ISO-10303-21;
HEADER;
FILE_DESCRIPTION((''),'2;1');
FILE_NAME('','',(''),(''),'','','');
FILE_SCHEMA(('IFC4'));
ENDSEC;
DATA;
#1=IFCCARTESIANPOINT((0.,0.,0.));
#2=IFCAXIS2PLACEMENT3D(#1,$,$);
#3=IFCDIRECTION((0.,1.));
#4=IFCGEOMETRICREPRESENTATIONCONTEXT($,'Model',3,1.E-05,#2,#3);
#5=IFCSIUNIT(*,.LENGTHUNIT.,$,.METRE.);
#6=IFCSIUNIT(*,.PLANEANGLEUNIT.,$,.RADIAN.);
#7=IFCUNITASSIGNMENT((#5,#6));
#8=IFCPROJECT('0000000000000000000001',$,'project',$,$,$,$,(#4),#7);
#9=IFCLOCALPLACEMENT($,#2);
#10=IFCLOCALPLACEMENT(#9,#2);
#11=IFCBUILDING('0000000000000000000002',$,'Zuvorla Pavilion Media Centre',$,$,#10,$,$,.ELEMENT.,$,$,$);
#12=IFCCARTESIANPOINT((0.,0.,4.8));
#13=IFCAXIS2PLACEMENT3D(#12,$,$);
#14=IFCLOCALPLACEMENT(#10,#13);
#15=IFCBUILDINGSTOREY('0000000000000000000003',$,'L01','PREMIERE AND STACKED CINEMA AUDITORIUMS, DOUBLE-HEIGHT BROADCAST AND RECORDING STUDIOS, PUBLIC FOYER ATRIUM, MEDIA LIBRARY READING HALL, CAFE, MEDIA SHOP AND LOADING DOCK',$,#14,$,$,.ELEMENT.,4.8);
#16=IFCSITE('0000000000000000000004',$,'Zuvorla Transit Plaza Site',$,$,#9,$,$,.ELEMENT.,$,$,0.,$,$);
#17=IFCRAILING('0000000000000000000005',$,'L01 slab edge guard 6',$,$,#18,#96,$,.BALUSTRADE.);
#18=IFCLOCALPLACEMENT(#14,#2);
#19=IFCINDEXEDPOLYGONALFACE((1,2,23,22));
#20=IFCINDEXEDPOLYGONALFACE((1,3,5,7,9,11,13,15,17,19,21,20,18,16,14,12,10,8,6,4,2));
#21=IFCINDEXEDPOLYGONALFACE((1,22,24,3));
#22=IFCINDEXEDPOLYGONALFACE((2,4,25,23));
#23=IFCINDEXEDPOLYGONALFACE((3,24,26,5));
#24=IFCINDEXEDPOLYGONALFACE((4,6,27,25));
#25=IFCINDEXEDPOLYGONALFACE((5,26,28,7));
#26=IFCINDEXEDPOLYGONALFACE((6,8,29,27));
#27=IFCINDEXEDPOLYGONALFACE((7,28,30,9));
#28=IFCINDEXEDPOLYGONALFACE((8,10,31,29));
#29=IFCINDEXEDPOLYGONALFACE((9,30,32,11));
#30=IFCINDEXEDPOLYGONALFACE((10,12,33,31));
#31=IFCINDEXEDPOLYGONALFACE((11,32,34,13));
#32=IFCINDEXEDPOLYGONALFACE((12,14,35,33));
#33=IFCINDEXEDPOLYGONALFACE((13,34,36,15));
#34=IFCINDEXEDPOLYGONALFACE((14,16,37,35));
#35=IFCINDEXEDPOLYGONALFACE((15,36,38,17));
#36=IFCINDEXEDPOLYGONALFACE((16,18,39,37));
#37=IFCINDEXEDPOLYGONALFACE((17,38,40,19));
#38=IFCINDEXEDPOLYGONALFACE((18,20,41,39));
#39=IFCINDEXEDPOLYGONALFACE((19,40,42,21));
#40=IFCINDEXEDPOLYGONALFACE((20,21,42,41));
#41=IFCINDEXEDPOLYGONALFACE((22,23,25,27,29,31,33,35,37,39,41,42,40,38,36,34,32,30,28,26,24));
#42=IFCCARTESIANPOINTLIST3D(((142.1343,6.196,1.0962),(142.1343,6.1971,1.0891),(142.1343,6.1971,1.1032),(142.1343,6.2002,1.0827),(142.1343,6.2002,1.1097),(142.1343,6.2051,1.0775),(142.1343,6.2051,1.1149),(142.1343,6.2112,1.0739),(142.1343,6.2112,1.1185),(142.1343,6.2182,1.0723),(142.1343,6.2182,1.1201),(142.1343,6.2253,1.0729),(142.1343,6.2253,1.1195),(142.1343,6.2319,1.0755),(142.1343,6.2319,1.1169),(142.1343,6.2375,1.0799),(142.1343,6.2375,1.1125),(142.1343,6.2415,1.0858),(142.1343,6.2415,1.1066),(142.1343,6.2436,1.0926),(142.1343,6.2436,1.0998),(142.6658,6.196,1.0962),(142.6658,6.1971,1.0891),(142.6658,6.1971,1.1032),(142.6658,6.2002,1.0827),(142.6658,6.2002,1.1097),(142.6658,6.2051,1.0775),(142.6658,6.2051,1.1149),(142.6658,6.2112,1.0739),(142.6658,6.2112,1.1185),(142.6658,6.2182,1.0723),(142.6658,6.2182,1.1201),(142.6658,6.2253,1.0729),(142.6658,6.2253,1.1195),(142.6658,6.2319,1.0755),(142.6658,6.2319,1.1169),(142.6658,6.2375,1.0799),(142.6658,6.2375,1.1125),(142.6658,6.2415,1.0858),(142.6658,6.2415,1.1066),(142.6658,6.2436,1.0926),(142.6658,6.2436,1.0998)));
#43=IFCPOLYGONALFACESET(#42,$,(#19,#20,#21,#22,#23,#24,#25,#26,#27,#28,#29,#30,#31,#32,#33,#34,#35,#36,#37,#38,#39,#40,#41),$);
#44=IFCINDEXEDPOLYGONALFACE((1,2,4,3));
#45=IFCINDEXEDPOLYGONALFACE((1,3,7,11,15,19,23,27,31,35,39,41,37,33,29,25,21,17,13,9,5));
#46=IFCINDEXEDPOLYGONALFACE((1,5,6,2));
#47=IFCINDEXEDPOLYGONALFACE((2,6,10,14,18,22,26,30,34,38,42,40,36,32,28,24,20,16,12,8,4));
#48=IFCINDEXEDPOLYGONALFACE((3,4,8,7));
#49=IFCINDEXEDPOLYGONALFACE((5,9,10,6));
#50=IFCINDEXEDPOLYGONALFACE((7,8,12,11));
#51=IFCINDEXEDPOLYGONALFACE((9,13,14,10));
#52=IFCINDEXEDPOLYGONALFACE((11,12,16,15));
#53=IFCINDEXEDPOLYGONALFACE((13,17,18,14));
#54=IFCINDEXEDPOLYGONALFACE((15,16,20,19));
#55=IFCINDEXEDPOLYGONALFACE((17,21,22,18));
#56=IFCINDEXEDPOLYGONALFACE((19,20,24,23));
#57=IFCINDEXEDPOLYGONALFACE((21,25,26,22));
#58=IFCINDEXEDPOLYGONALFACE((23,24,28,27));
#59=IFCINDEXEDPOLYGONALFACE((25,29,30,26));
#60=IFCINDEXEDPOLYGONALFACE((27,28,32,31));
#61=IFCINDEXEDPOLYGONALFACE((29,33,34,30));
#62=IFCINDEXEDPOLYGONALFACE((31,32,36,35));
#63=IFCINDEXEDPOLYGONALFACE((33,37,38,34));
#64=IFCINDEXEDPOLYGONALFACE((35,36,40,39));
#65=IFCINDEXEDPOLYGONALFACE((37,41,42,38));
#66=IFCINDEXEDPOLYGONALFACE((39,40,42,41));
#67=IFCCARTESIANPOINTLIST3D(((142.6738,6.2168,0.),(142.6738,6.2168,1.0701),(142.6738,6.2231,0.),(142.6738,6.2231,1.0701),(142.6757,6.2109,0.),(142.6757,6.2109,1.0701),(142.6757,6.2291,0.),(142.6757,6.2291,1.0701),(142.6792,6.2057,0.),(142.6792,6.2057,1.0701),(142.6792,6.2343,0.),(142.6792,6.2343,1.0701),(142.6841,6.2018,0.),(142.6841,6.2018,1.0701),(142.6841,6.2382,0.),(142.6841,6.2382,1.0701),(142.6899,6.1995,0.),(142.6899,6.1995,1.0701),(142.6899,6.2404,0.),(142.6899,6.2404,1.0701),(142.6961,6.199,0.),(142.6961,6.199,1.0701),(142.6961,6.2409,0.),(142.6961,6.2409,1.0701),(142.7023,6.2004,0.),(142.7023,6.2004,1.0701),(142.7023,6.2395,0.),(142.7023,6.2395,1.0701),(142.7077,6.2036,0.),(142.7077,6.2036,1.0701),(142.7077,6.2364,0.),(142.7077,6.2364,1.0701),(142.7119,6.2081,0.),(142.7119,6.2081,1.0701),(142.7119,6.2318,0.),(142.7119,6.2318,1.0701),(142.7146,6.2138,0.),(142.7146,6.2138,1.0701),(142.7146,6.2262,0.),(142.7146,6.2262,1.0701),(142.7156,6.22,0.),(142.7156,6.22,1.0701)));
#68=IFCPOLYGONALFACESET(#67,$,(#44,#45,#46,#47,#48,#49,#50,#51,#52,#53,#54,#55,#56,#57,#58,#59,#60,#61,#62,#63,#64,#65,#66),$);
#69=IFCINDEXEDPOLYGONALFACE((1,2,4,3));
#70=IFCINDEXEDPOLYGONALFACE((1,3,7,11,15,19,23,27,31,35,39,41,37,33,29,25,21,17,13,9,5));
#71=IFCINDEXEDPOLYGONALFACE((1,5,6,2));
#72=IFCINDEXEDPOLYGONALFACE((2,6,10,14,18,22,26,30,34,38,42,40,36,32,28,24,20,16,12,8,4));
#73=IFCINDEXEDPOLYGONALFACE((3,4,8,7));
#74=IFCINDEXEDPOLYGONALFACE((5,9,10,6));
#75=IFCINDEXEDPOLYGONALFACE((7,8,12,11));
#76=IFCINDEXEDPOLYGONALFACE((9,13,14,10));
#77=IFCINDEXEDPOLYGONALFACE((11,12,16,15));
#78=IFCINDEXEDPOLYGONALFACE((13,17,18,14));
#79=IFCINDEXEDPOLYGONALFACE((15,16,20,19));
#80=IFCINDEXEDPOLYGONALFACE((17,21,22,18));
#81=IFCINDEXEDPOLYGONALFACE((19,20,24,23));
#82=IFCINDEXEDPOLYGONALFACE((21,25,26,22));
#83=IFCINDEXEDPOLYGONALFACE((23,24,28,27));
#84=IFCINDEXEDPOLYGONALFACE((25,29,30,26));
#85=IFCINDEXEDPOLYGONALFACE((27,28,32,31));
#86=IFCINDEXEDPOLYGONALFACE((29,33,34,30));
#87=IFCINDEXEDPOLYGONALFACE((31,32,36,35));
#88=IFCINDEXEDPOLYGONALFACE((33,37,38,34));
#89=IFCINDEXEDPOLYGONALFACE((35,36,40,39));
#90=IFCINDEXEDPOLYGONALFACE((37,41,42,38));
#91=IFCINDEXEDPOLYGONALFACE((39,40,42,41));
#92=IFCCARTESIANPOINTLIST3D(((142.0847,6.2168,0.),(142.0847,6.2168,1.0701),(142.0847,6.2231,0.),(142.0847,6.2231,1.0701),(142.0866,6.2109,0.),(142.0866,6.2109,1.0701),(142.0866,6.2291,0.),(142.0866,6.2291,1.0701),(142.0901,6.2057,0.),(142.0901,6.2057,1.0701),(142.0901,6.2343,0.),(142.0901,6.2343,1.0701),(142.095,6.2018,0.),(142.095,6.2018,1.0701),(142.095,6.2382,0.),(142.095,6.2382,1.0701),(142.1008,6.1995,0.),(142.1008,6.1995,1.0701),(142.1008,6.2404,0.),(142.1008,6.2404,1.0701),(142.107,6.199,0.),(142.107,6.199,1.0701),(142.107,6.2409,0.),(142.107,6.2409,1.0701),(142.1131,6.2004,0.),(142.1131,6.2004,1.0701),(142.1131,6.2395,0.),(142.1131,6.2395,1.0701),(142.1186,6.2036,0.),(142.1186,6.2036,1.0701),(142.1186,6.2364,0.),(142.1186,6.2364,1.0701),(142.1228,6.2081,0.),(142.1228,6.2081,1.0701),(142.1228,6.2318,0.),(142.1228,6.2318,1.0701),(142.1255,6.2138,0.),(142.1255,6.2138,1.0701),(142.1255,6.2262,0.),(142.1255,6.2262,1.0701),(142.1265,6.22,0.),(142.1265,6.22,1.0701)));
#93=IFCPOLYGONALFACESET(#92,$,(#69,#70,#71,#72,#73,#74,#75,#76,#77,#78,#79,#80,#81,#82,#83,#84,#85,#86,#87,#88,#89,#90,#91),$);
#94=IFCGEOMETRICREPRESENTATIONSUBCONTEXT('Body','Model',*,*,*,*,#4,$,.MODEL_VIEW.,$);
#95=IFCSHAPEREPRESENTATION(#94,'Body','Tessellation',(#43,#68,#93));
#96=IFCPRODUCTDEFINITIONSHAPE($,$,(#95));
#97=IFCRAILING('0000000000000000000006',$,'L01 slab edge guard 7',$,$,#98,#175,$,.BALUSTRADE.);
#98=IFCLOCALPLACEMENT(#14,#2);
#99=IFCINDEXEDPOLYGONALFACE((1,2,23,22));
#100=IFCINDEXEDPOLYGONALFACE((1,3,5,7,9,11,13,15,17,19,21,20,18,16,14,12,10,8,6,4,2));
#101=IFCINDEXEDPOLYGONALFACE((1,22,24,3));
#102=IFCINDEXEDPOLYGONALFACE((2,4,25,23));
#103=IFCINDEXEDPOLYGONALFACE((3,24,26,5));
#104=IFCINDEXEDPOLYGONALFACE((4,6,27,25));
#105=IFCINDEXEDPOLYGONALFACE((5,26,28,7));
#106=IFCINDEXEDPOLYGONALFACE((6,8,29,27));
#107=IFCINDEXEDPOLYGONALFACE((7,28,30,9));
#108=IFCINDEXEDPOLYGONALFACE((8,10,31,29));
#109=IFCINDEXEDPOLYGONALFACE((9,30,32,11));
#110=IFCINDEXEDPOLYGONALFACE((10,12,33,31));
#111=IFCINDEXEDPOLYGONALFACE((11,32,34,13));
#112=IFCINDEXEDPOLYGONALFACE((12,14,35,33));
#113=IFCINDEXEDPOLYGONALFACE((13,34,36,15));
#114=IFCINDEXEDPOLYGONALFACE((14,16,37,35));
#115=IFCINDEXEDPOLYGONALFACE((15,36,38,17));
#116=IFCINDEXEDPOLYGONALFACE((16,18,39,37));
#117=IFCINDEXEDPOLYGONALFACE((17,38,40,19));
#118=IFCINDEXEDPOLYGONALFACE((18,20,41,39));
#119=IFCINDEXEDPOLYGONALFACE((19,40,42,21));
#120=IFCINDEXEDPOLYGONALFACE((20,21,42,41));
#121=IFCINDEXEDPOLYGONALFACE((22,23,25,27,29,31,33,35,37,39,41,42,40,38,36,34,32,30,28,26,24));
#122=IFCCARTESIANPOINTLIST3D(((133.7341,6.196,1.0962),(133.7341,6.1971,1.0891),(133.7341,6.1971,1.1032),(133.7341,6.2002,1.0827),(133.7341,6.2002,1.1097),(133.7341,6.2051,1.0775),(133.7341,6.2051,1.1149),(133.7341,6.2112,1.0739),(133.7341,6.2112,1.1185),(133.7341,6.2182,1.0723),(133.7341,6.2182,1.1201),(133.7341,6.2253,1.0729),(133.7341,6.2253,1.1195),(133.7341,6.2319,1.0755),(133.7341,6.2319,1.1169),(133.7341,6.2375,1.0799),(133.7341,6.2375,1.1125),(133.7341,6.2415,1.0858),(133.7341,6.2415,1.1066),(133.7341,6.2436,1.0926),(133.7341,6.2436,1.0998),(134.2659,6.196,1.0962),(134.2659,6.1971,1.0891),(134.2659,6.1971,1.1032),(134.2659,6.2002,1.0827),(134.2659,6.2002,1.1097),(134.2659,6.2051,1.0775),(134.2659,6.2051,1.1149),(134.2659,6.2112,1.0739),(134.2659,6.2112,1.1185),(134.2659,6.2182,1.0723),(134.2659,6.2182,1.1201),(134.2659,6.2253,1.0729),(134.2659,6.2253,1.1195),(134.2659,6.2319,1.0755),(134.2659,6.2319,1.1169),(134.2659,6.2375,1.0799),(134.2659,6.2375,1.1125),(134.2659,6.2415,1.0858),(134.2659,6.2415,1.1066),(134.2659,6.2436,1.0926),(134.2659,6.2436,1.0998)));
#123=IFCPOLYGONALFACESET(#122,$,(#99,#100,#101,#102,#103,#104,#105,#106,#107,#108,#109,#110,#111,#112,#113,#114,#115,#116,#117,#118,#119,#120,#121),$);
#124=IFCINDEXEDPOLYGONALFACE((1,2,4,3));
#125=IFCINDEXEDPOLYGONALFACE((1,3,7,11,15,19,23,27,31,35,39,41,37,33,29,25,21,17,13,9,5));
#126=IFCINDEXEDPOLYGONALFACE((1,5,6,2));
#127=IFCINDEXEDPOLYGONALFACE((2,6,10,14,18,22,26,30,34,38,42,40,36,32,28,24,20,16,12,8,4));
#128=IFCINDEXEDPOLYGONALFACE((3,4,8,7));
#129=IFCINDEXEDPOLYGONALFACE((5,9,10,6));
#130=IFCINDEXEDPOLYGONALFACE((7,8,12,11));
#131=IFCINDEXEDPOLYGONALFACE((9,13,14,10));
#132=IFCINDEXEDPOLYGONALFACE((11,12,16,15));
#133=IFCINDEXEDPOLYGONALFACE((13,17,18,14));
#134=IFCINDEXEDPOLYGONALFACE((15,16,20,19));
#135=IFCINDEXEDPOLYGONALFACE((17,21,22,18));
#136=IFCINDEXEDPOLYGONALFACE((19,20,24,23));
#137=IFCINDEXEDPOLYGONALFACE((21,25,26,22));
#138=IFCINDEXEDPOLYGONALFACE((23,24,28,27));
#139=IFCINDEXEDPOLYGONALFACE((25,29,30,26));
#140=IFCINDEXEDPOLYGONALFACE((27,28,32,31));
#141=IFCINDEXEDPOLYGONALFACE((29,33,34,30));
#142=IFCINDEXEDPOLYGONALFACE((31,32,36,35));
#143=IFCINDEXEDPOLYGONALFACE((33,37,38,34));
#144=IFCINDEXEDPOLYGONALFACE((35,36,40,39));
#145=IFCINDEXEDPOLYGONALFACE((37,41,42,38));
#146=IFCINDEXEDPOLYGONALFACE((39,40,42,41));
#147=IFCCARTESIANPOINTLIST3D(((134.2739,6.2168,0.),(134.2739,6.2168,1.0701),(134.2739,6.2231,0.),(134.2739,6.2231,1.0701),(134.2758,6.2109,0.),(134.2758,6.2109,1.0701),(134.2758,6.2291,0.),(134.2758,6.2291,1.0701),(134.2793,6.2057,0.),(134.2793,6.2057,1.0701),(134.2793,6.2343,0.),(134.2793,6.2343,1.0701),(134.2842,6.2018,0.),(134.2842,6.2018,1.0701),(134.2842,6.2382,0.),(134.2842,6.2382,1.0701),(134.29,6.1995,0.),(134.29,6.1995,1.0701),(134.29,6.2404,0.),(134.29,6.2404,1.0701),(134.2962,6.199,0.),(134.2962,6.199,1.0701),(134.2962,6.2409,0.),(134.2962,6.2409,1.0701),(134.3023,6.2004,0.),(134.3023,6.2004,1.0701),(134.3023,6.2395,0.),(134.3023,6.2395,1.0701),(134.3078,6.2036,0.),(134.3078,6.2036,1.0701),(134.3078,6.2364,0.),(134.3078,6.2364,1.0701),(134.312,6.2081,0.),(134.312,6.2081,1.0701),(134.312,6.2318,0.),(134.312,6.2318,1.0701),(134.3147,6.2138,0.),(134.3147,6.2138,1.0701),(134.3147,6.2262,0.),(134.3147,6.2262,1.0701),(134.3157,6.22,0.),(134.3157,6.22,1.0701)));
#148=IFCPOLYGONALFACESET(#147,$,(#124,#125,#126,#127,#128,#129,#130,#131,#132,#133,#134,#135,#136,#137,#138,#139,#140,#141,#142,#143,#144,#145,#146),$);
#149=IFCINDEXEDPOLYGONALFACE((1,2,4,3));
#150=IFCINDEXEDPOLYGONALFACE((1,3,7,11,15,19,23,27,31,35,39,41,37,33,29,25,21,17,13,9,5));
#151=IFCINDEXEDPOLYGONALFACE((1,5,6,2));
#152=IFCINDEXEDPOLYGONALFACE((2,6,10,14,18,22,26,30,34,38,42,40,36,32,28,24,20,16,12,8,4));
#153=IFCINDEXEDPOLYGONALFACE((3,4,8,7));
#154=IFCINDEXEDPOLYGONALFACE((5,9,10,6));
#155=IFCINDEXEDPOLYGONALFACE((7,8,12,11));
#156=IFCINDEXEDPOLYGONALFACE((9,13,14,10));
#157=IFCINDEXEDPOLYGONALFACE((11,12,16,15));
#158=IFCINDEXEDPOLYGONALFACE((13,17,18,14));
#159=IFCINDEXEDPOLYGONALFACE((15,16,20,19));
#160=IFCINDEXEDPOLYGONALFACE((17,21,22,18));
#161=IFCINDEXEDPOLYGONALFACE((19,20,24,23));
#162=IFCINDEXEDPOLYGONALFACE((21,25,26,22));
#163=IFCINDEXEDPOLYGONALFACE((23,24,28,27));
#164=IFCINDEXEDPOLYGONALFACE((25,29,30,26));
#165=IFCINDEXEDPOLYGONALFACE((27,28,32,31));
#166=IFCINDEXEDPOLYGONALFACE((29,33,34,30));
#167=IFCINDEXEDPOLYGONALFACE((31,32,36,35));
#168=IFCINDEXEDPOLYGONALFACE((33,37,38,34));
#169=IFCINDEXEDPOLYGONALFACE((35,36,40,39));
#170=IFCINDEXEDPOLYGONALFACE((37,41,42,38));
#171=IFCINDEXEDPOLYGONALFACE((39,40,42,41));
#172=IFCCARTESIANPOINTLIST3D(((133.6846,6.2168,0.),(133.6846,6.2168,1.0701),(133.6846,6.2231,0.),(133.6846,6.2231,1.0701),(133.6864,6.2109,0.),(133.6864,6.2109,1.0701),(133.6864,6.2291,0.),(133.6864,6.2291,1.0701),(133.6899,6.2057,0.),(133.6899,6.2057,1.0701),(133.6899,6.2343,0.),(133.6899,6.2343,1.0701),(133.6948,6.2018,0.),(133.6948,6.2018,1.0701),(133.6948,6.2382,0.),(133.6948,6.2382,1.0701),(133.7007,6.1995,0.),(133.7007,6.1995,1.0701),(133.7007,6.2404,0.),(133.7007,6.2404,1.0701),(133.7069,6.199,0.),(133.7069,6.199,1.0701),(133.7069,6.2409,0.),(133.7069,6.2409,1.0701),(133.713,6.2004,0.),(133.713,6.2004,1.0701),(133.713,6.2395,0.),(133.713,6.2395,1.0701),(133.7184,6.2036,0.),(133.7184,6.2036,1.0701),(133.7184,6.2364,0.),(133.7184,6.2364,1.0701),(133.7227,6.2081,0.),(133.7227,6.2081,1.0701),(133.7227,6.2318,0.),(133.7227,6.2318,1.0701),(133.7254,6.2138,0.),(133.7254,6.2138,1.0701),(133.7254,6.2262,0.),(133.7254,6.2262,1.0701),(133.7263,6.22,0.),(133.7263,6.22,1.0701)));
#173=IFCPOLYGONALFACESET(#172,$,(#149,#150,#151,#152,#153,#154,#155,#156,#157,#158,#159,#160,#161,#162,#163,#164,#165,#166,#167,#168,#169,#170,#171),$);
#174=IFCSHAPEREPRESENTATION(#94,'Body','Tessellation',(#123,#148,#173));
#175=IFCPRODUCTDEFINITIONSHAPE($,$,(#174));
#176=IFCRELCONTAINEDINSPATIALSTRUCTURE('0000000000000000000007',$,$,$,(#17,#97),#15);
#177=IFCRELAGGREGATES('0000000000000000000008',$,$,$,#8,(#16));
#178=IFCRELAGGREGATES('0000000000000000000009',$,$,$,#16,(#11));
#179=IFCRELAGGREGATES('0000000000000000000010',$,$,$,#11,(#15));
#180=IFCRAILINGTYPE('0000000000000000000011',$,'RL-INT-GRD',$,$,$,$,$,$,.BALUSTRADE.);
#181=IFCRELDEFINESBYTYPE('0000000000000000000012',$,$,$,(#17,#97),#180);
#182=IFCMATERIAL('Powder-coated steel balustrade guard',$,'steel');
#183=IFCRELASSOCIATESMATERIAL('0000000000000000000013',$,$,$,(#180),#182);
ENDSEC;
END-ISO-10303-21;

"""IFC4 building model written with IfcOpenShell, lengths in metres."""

from ifc_helpers import new_model, si_unit, direction, frame, origin, origin_2d, place, context, subcontext, project, spatial, circle, extrude, material, type_object, element, save


model = new_model("IFC4")

# Units and contexts
model_context = context("Model", 3, precision=1e-05, world=origin(), true_north=direction((0.0, 1.0)))
body_context = subcontext(model_context, "Body", "Model", "MODEL_VIEW")
ifc_project = project(units=[si_unit("LENGTHUNIT", "METRE"), si_unit("PLANEANGLEUNIT", "RADIAN")], contexts=[model_context])

# Site, building, storey
site_placement = place(None, origin())
site = spatial("IfcSite", under=ifc_project, at=site_placement, Name="Zuvorla Transit Plaza Site", CompositionType="ELEMENT", RefElevation=0.0)
building_placement = place(site_placement, origin())
building = spatial("IfcBuilding", under=site, at=building_placement, Name="Zuvorla Pavilion Media Centre", CompositionType="ELEMENT")
storey_placement = place(building_placement, frame((0.0, 0.0, 4.8)))
storey = spatial("IfcBuildingStorey", under=building, at=storey_placement, Name="L01", Description="PREMIERE AND STACKED CINEMA AUDITORIUMS, DOUBLE-HEIGHT BROADCAST AND RECORDING STUDIOS, PUBLIC FOYER ATRIUM, MEDIA LIBRARY READING HALL, CAFE, MEDIA SHOP AND LOADING DOCK", CompositionType="ELEMENT", Elevation=4.8)

# Railings
ifc_material_1 = material(Name="Powder-coated steel balustrade guard", Category="steel")
railing_type = type_object("IfcRailingType", Name="RL-INT-GRD", PredefinedType="BALUSTRADE", material=ifc_material_1)
railing_1_placement = place(storey_placement, frame((142.6946, 6.22, 0.0)))
element("IfcRailing", 1, at=railing_1_placement, inside=storey, type_object=railing_type, Name="L01 slab edge guard 6", PredefinedType="BALUSTRADE", context=body_context, shape_type="SweptSolid", body=[
    extrude(circle(Radius=0.0239, at=origin_2d()), frame((-0.0288, 0.0, 1.0962), z_axis=(-1.0, 0.0, 0.0), x_axis=(0.0, -1.0, 0.0)), (0.0, 0.0, 1.0), 0.5315),
    extrude(circle(Radius=0.021, at=origin_2d()), origin(), (0.0, 0.0, 1.0), 1.0701),
    extrude(circle(Radius=0.021, at=origin_2d()), frame((-0.5891, 0.0, 0.0)), (0.0, 0.0, 1.0), 1.0701),
])
railing_2_placement = place(storey_placement, frame((134.2947, 6.22, 0.0)))
element("IfcRailing", 2, at=railing_2_placement, inside=storey, type_object=railing_type, Name="L01 slab edge guard 7", PredefinedType="BALUSTRADE", context=body_context, shape_type="SweptSolid", body=[
    extrude(circle(Radius=0.0239, at=origin_2d()), frame((-0.0288, 0.0, 1.0962), z_axis=(-1.0, 0.0, 0.0), x_axis=(0.0, -1.0, 0.0)), (0.0, 0.0, 1.0), 0.5317),
    extrude(circle(Radius=0.021, at=origin_2d()), origin(), (0.0, 0.0, 1.0), 1.0701),
    extrude(circle(Radius=0.021, at=origin_2d()), frame((-0.5894, 0.0, 0.0)), (0.0, 0.0, 1.0), 1.0701),
])

save(model, "model.ifc")
